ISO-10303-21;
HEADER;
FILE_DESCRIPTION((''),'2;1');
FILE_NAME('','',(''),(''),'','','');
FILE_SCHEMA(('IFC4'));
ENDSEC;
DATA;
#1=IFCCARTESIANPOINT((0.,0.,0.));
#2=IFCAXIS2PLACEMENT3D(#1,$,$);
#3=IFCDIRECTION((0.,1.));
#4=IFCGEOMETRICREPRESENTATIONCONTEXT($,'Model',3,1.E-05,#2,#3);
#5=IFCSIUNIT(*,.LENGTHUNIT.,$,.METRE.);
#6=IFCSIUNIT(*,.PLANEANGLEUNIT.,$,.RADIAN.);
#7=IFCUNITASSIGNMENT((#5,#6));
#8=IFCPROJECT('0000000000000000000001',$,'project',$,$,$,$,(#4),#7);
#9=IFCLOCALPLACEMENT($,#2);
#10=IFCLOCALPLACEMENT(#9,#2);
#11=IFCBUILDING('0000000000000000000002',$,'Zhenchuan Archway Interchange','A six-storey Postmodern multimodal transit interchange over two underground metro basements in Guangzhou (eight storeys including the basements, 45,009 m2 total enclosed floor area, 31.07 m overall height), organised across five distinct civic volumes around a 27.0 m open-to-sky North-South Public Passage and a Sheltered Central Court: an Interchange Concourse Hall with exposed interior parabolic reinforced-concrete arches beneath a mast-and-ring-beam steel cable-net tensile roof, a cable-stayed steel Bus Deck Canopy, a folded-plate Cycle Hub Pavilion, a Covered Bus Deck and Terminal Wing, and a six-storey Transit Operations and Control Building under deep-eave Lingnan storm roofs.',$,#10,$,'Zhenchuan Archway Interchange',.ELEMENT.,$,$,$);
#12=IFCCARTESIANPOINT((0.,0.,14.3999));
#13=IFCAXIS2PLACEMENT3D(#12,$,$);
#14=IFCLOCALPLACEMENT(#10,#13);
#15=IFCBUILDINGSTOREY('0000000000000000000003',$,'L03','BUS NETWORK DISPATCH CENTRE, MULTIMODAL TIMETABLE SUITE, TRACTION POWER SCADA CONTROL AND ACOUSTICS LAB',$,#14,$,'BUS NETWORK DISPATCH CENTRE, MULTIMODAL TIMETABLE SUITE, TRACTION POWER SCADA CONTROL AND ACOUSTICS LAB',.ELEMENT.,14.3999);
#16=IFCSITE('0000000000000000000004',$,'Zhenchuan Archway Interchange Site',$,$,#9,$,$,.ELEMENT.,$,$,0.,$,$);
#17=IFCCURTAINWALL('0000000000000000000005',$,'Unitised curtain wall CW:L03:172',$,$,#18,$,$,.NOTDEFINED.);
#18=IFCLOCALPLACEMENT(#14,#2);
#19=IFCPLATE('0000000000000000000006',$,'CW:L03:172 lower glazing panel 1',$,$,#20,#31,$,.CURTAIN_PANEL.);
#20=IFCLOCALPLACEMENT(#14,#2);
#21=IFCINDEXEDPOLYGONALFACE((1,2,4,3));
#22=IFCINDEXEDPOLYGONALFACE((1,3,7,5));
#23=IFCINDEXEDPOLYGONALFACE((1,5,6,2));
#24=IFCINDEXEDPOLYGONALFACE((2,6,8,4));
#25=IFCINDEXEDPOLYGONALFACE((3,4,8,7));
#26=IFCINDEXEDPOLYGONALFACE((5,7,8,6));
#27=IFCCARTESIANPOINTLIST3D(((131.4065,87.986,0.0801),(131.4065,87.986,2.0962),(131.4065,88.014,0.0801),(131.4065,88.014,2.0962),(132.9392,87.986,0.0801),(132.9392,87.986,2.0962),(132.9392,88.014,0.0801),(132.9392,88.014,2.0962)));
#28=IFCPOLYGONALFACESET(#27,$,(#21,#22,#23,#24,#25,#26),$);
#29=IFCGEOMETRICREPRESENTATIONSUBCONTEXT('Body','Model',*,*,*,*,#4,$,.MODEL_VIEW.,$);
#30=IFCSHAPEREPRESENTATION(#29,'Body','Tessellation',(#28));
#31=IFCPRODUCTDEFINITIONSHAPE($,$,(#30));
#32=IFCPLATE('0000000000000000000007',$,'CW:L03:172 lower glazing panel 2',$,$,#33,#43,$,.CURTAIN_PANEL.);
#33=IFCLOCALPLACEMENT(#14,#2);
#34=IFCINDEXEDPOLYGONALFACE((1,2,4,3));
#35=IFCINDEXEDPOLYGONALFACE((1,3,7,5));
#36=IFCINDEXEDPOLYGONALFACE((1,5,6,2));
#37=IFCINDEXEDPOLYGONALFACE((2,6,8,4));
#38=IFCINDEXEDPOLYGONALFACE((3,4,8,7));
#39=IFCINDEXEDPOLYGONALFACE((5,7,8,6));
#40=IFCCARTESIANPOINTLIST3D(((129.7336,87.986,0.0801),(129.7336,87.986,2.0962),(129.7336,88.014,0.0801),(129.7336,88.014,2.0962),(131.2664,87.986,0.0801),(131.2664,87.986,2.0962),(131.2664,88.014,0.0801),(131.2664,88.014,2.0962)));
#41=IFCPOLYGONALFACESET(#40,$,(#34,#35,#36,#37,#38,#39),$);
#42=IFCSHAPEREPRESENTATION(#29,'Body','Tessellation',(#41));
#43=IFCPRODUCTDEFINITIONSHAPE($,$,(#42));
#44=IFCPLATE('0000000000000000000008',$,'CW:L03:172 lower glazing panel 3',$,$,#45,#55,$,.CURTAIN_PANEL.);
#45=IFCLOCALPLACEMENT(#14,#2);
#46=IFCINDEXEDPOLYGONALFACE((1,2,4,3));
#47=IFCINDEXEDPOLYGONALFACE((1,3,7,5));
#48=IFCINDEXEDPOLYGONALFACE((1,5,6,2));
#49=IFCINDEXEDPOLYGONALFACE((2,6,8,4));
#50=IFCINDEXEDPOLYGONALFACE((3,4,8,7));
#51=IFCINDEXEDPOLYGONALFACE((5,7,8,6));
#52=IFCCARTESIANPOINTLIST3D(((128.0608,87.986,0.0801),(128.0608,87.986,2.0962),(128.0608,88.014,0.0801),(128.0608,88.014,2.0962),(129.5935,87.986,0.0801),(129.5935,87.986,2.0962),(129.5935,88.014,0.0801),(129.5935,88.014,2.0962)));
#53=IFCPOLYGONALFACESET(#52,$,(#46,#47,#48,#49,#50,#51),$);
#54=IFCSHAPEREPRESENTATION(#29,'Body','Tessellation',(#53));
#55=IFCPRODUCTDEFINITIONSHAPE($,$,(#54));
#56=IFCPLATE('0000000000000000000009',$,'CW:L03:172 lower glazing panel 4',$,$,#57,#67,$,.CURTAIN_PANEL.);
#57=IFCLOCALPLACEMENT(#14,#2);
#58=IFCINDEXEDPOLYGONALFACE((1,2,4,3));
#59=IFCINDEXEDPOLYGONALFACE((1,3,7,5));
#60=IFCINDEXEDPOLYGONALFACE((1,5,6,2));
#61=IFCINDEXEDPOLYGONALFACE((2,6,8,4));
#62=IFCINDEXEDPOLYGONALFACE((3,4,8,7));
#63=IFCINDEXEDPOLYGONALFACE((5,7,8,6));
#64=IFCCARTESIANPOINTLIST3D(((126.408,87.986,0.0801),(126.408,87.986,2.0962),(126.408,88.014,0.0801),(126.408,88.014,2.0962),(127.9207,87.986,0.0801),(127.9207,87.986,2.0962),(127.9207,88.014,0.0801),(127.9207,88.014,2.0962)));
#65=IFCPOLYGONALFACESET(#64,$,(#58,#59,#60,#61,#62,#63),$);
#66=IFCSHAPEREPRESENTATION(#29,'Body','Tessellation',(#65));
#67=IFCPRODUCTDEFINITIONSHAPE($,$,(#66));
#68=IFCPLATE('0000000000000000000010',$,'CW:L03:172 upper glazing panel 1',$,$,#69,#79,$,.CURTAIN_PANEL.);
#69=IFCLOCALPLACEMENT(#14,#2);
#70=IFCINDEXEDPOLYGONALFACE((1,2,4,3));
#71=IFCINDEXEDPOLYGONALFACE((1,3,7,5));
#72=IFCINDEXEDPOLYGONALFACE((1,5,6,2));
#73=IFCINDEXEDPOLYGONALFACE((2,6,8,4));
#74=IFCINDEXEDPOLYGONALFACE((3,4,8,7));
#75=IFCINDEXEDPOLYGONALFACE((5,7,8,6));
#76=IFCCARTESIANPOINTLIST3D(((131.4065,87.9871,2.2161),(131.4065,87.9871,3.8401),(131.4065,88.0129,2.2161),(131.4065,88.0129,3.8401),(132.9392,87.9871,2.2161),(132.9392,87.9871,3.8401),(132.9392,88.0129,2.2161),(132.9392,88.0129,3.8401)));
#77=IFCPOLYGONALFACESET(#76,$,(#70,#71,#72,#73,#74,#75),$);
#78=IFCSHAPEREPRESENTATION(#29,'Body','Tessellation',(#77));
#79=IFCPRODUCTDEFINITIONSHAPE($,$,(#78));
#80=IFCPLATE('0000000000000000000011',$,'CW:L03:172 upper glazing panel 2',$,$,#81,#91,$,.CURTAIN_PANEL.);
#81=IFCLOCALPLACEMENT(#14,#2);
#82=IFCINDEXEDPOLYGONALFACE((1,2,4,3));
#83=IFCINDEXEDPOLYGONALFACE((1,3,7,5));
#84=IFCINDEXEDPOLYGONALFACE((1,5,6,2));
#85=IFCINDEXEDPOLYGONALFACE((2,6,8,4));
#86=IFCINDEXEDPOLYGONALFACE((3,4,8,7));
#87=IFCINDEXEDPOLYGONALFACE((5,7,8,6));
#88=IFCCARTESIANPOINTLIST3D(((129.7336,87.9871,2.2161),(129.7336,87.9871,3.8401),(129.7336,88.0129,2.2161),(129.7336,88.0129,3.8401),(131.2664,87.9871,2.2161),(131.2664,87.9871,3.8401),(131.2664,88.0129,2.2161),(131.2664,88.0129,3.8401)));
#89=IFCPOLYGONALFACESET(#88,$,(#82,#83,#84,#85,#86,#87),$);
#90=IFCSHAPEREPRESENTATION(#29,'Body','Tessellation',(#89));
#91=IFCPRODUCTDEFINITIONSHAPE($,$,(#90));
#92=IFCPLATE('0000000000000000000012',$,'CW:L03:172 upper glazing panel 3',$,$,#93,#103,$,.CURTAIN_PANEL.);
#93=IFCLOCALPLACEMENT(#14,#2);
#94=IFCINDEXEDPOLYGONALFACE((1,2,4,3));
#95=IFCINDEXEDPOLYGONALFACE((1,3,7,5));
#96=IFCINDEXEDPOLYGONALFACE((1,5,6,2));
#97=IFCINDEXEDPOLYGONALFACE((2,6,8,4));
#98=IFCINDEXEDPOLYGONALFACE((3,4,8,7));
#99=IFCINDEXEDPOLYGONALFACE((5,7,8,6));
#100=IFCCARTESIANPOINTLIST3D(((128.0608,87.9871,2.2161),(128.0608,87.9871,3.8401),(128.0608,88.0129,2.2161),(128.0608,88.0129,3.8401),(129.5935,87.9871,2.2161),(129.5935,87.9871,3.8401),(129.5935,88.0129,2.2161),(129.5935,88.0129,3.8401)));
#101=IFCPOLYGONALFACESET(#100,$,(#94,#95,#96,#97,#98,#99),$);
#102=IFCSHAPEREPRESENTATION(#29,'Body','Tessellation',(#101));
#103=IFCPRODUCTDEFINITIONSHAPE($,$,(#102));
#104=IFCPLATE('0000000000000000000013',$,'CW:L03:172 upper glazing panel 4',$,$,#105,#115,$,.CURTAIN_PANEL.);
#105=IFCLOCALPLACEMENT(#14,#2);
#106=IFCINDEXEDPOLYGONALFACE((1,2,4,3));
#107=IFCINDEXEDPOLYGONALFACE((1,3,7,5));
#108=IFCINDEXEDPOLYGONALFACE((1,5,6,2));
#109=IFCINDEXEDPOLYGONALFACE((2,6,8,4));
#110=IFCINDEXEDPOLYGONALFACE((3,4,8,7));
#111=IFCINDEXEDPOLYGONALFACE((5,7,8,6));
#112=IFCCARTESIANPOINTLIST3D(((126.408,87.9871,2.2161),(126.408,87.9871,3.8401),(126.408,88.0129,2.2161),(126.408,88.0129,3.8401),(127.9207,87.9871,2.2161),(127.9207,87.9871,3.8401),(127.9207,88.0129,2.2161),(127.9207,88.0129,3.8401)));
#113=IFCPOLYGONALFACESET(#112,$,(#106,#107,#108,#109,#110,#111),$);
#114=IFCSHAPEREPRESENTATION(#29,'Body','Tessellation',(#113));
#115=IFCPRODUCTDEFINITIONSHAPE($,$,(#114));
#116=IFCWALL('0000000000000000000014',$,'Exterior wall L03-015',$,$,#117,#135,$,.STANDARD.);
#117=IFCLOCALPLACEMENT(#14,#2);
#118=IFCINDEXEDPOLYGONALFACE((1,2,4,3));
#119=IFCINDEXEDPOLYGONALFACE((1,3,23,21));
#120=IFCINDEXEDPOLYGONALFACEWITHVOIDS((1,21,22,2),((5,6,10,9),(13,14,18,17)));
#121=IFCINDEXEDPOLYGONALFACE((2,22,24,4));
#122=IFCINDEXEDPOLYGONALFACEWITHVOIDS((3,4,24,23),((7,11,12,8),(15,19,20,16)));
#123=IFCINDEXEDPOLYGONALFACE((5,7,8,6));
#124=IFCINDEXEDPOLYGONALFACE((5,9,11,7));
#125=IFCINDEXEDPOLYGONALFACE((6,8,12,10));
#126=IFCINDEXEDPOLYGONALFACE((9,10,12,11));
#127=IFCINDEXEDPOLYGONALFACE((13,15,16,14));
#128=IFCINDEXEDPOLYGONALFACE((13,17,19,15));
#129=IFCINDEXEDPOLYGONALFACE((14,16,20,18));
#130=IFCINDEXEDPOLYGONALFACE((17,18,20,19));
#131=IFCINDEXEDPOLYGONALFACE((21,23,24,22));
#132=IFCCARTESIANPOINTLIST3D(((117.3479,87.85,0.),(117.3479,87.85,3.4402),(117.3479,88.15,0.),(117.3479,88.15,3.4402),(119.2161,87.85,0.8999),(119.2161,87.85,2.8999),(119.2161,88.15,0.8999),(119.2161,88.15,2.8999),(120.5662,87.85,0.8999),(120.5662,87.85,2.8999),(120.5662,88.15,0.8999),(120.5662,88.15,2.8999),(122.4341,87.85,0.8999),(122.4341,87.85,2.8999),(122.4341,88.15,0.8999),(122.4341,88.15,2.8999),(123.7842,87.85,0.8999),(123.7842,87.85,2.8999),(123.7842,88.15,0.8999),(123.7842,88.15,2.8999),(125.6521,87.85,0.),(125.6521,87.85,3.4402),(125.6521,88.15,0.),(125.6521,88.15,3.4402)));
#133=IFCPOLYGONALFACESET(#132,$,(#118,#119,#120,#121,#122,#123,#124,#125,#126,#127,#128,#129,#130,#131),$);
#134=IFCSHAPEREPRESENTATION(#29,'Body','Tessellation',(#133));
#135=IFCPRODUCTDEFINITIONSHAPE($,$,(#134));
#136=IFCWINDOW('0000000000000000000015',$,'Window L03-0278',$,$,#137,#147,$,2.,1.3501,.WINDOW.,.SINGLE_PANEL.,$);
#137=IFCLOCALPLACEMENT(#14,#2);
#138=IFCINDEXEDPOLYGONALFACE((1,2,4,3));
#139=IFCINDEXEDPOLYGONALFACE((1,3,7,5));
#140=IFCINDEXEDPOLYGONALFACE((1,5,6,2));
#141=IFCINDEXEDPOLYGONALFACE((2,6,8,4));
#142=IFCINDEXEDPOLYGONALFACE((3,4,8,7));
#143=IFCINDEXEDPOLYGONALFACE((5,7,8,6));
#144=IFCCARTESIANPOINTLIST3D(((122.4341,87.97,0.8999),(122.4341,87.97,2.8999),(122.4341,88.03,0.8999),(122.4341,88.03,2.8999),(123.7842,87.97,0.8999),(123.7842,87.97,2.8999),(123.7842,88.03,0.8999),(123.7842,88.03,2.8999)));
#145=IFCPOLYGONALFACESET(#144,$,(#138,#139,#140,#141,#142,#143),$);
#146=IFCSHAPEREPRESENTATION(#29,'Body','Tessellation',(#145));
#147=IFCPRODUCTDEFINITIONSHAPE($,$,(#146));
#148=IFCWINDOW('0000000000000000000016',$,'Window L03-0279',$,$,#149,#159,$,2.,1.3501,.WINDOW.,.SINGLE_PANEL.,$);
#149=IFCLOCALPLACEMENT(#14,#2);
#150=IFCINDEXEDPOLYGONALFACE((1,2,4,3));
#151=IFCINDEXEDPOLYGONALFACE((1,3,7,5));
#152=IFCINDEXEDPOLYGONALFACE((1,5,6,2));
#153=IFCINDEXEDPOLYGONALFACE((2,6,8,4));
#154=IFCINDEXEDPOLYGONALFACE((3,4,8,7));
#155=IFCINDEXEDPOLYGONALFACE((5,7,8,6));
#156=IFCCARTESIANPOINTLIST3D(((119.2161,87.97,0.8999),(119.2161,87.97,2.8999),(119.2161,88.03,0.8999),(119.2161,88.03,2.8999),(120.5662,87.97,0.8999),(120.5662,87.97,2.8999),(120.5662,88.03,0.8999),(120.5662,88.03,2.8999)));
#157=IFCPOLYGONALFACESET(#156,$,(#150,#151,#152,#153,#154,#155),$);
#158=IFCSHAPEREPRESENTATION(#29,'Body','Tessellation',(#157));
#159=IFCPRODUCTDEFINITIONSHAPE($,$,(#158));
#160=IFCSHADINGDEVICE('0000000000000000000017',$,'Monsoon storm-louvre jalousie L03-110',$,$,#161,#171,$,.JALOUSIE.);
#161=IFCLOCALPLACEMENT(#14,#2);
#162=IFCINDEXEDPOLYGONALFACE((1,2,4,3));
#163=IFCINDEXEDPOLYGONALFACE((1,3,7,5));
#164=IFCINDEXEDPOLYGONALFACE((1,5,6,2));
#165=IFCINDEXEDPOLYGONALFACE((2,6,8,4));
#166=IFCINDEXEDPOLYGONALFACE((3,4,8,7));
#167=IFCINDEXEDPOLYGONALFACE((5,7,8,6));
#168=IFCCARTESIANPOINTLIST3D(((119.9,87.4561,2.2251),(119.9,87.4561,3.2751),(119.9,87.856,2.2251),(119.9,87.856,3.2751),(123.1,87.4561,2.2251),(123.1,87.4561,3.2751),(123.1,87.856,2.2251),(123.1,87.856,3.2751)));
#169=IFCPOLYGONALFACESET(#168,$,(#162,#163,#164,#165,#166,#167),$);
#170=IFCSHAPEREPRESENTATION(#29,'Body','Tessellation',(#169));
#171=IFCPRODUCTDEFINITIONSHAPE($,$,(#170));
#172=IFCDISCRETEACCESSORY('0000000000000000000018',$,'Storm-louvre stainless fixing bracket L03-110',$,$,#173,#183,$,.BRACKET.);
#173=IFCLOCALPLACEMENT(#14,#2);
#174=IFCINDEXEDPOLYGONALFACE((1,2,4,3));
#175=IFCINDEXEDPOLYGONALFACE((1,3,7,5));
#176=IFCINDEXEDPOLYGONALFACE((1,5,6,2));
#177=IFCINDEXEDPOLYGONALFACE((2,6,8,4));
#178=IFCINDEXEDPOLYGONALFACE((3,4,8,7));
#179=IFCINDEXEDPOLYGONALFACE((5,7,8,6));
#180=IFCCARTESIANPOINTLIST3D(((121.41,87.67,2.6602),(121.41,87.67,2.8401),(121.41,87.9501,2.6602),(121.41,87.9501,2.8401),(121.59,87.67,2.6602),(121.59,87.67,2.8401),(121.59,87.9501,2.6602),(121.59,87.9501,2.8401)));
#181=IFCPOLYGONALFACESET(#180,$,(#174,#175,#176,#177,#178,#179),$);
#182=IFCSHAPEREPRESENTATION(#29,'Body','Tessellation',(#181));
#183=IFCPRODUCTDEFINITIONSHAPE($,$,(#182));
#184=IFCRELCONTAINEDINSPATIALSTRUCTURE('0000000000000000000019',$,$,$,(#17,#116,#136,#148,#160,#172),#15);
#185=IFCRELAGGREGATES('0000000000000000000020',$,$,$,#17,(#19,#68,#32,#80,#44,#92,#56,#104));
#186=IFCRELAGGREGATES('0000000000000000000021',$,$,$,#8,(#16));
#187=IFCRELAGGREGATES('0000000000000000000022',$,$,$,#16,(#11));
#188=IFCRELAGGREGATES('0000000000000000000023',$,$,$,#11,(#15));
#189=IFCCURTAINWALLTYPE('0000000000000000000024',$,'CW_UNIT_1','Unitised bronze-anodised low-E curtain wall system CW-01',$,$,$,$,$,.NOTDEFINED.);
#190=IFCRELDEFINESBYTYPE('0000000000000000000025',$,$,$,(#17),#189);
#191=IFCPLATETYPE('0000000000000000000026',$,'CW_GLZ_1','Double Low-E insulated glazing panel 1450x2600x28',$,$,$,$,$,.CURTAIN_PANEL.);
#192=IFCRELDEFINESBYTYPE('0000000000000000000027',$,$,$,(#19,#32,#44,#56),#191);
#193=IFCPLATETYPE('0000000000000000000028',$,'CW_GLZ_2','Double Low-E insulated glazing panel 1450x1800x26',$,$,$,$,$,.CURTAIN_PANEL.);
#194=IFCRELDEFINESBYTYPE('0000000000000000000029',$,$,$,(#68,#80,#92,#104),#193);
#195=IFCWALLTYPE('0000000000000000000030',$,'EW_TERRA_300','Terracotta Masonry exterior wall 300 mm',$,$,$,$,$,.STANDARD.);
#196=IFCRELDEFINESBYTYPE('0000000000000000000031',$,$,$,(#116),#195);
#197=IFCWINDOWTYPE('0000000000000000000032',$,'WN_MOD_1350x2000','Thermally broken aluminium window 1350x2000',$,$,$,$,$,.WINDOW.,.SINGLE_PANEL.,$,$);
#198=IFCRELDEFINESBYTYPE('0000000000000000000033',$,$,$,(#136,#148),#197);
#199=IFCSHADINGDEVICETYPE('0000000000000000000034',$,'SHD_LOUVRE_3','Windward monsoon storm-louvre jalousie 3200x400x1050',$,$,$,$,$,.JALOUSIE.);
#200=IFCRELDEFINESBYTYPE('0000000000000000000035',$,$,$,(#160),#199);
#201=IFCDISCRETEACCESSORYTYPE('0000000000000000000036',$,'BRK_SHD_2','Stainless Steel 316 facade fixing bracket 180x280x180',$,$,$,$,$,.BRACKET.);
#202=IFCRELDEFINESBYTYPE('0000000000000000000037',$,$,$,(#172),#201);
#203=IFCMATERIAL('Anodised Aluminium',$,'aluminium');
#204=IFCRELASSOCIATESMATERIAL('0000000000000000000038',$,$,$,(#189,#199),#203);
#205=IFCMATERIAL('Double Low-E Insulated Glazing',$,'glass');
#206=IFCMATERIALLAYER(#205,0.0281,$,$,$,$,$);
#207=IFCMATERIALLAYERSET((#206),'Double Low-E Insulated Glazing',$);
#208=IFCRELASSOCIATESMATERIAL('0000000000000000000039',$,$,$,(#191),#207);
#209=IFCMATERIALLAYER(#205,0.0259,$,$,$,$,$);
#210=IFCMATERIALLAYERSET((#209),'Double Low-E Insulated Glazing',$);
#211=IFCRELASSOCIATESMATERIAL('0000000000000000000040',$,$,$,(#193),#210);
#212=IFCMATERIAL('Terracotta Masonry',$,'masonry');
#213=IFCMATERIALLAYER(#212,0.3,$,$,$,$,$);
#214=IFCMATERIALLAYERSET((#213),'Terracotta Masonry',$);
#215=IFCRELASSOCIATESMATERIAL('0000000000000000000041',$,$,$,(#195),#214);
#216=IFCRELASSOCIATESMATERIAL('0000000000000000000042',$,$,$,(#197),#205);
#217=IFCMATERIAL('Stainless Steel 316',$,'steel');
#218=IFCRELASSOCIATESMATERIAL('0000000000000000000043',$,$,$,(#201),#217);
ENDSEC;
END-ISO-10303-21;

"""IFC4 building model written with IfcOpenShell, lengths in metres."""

from ifc_helpers import new_model, si_unit, direction, frame, frame_2d, origin, origin_2d, place, context, subcontext, project, spatial, rectangle, extrude, material, layer, layer_set, type_object, element, fill, aggregate, save


model = new_model("IFC4")

# Units and contexts
model_context = context("Model", 3, precision=1e-05, world=origin(), true_north=direction((0.0, 1.0)))
body_context = subcontext(model_context, "Body", "Model", "MODEL_VIEW")
ifc_project = project(units=[si_unit("LENGTHUNIT", "METRE"), si_unit("PLANEANGLEUNIT", "RADIAN")], contexts=[model_context])

# Site, building, storey
site_placement = place(None, origin())
site = spatial("IfcSite", under=ifc_project, at=site_placement, Name="Zhenchuan Archway Interchange Site", CompositionType="ELEMENT", RefElevation=0.0)
building_placement = place(site_placement, origin())
building = spatial("IfcBuilding", under=site, at=building_placement, Name="Zhenchuan Archway Interchange", Description="A six-storey Postmodern multimodal transit interchange over two underground metro basements in Guangzhou (eight storeys including the basements, 45,009 m2 total enclosed floor area, 31.07 m overall height), organised across five distinct civic volumes around a 27.0 m open-to-sky North-South Public Passage and a Sheltered Central Court: an Interchange Concourse Hall with exposed interior parabolic reinforced-concrete arches beneath a mast-and-ring-beam steel cable-net tensile roof, a cable-stayed steel Bus Deck Canopy, a folded-plate Cycle Hub Pavilion, a Covered Bus Deck and Terminal Wing, and a six-storey Transit Operations and Control Building under deep-eave Lingnan storm roofs.", LongName="Zhenchuan Archway Interchange", CompositionType="ELEMENT")
storey_placement = place(building_placement, frame((0.0, 0.0, 14.3999)))
storey = spatial("IfcBuildingStorey", under=building, at=storey_placement, Name="L03", Description="BUS NETWORK DISPATCH CENTRE, MULTIMODAL TIMETABLE SUITE, TRACTION POWER SCADA CONTROL AND ACOUSTICS LAB", LongName="BUS NETWORK DISPATCH CENTRE, MULTIMODAL TIMETABLE SUITE, TRACTION POWER SCADA CONTROL AND ACOUSTICS LAB", CompositionType="ELEMENT", Elevation=14.3999)

# Curtain wall
ifc_material_1 = material(Name="Anodised Aluminium", Category="aluminium")
curtain_wall_type_1 = type_object("IfcCurtainWallType", Name="CW_UNIT_1", Description="Unitised bronze-anodised low-E curtain wall system CW-01", PredefinedType="NOTDEFINED", material=ifc_material_1)
curtain_wall_1_placement = place(storey_placement, origin())
curtain_wall_1 = element("IfcCurtainWall", 1, at=curtain_wall_1_placement, inside=storey, type_object=curtain_wall_type_1, Name="Unitised curtain wall CW:L03:172", PredefinedType="NOTDEFINED")

# Plates
ifc_material_2 = material(Name="Double Low-E Insulated Glazing", Category="glass")
ifc_layer_1 = layer(ifc_material_2, 0.0281)
ifc_layer_set_1 = layer_set([ifc_layer_1], Name="Double Low-E Insulated Glazing")
plate_type_1 = type_object("IfcPlateType", Name="CW_GLZ_1", Description="Double Low-E insulated glazing panel 1450x2600x28", PredefinedType="CURTAIN_PANEL", material=ifc_layer_set_1)
plate_1_placement = place(storey_placement, frame((132.1729, 88.0, 0.0801), z_axis=(0.0, 0.0, 1.0), x_axis=(-1.0, 0.0, 0.0)))
plate_1 = element("IfcPlate", 2, at=plate_1_placement, type_object=plate_type_1, Name="CW:L03:172 lower glazing panel 1", PredefinedType="CURTAIN_PANEL", context=body_context, shape_type="SweptSolid", body=[
    extrude(rectangle(XDim=1.5327, YDim=0.0281, at=origin_2d()), origin(), (0.0, 0.0, 1.0), 2.0161),
])
plate_2_placement = place(storey_placement, frame((130.5, 88.0, 0.0801), z_axis=(0.0, 0.0, 1.0), x_axis=(-1.0, 0.0, 0.0)))
plate_2 = element("IfcPlate", 3, at=plate_2_placement, type_object=plate_type_1, Name="CW:L03:172 lower glazing panel 2", PredefinedType="CURTAIN_PANEL", context=body_context, shape_type="SweptSolid", body=[
    extrude(rectangle(XDim=1.5327, YDim=0.0281, at=origin_2d()), origin(), (0.0, 0.0, 1.0), 2.0161),
])
plate_3_placement = place(storey_placement, frame((128.8271, 88.0, 0.0801), z_axis=(0.0, 0.0, 1.0), x_axis=(-1.0, 0.0, 0.0)))
plate_3 = element("IfcPlate", 4, at=plate_3_placement, type_object=plate_type_1, Name="CW:L03:172 lower glazing panel 3", PredefinedType="CURTAIN_PANEL", context=body_context, shape_type="SweptSolid", body=[
    extrude(rectangle(XDim=1.5327, YDim=0.0281, at=origin_2d()), origin(), (0.0, 0.0, 1.0), 2.0161),
])
plate_4_placement = place(storey_placement, frame((127.1643, 88.0, 0.0801), z_axis=(0.0, 0.0, 1.0), x_axis=(-1.0, 0.0, 0.0)))
plate_4 = element("IfcPlate", 5, at=plate_4_placement, type_object=plate_type_1, Name="CW:L03:172 lower glazing panel 4", PredefinedType="CURTAIN_PANEL", context=body_context, shape_type="SweptSolid", body=[
    extrude(rectangle(XDim=1.5127, YDim=0.0281, at=origin_2d()), origin(), (0.0, 0.0, 1.0), 2.0161),
])
ifc_layer_2 = layer(ifc_material_2, 0.0259)
ifc_layer_set_2 = layer_set([ifc_layer_2], Name="Double Low-E Insulated Glazing")
plate_type_2 = type_object("IfcPlateType", Name="CW_GLZ_2", Description="Double Low-E insulated glazing panel 1450x1800x26", PredefinedType="CURTAIN_PANEL", material=ifc_layer_set_2)
plate_5_placement = place(storey_placement, frame((132.1729, 88.0, 2.2161), z_axis=(0.0, 0.0, 1.0), x_axis=(-1.0, 0.0, 0.0)))
plate_5 = element("IfcPlate", 6, at=plate_5_placement, type_object=plate_type_2, Name="CW:L03:172 upper glazing panel 1", PredefinedType="CURTAIN_PANEL", context=body_context, shape_type="SweptSolid", body=[
    extrude(rectangle(XDim=1.5327, YDim=0.0259, at=origin_2d()), origin(), (0.0, 0.0, 1.0), 1.624),
])
plate_6_placement = place(storey_placement, frame((130.5, 88.0, 2.2161), z_axis=(0.0, 0.0, 1.0), x_axis=(-1.0, 0.0, 0.0)))
plate_6 = element("IfcPlate", 7, at=plate_6_placement, type_object=plate_type_2, Name="CW:L03:172 upper glazing panel 2", PredefinedType="CURTAIN_PANEL", context=body_context, shape_type="SweptSolid", body=[
    extrude(rectangle(XDim=1.5327, YDim=0.0259, at=origin_2d()), origin(), (0.0, 0.0, 1.0), 1.624),
])
plate_7_placement = place(storey_placement, frame((128.8271, 88.0, 2.2161), z_axis=(0.0, 0.0, 1.0), x_axis=(-1.0, 0.0, 0.0)))
plate_7 = element("IfcPlate", 8, at=plate_7_placement, type_object=plate_type_2, Name="CW:L03:172 upper glazing panel 3", PredefinedType="CURTAIN_PANEL", context=body_context, shape_type="SweptSolid", body=[
    extrude(rectangle(XDim=1.5327, YDim=0.0259, at=origin_2d()), origin(), (0.0, 0.0, 1.0), 1.624),
])
plate_8_placement = place(storey_placement, frame((127.1643, 88.0, 2.2161), z_axis=(0.0, 0.0, 1.0), x_axis=(-1.0, 0.0, 0.0)))
plate_8 = element("IfcPlate", 9, at=plate_8_placement, type_object=plate_type_2, Name="CW:L03:172 upper glazing panel 4", PredefinedType="CURTAIN_PANEL", context=body_context, shape_type="SweptSolid", body=[
    extrude(rectangle(XDim=1.5127, YDim=0.0259, at=origin_2d()), origin(), (0.0, 0.0, 1.0), 1.624),
])
aggregate(curtain_wall_1, [plate_1, plate_5, plate_2, plate_6, plate_3, plate_7, plate_4, plate_8])

# Wall, openings, windows
ifc_material_3 = material(Name="Terracotta Masonry", Category="masonry")
ifc_layer_3 = layer(ifc_material_3, 0.3)
ifc_layer_set_3 = layer_set([ifc_layer_3], Name="Terracotta Masonry")
wall_type = type_object("IfcWallType", Name="EW_TERRA_300", Description="Terracotta Masonry exterior wall 300 mm", PredefinedType="STANDARD", material=ifc_layer_set_3)
wall_placement = place(storey_placement, frame((125.6521, 88.0, 0.0), z_axis=(0.0, 0.0, 1.0), x_axis=(-1.0, 0.0, 0.0)))
wall = element("IfcWall", 10, at=wall_placement, inside=storey, type_object=wall_type, Name="Exterior wall L03-015", PredefinedType="STANDARD", context=body_context, shape_type="SweptSolid", body=[
    extrude(rectangle(XDim=8.3042, YDim=0.3, at=frame_2d((4.1521, 0.0))), origin(), (0.0, 0.0, 1.0), 3.4402),
])
opening_1_placement = place(wall_placement, frame((1.8679, 0.0, 0.8999)))
opening_1 = element("IfcOpeningElement", 11, at=opening_1_placement, cuts=wall, PredefinedType="OPENING", context=body_context, shape_type="SweptSolid", body=[
    extrude(rectangle(XDim=1.3501, YDim=2.0, at=frame_2d((0.675, 1.0))), frame((0.0, 0.1621, 0.0), z_axis=(0.0, -1.0, 0.0), x_axis=(1.0, 0.0, 0.0)), (0.0, 0.0, 1.0), 0.324),
])
opening_2_placement = place(wall_placement, frame((5.0859, 0.0, 0.8999)))
opening_2 = element("IfcOpeningElement", 12, at=opening_2_placement, cuts=wall, PredefinedType="OPENING", context=body_context, shape_type="SweptSolid", body=[
    extrude(rectangle(XDim=1.3501, YDim=2.0, at=frame_2d((0.675, 1.0))), frame((0.0, 0.1621, 0.0), z_axis=(0.0, -1.0, 0.0), x_axis=(1.0, 0.0, 0.0)), (0.0, 0.0, 1.0), 0.324),
])
window_type = type_object("IfcWindowType", Name="WN_MOD_1350x2000", Description="Thermally broken aluminium window 1350x2000", PartitioningType="SINGLE_PANEL", PredefinedType="WINDOW", material=ifc_material_2)
window_1_placement = place(opening_1_placement, origin())
window_1 = element("IfcWindow", 13, at=window_1_placement, inside=storey, type_object=window_type, Name="Window L03-0278", OverallHeight=2.0, OverallWidth=1.3501, PartitioningType="SINGLE_PANEL", PredefinedType="WINDOW", context=body_context, shape_type="SweptSolid", body=[
    extrude(rectangle(XDim=1.3501, YDim=2.0, at=frame_2d((0.675, 1.0))), frame((0.0, 0.03, 0.0), z_axis=(0.0, -1.0, 0.0), x_axis=(1.0, 0.0, 0.0)), (0.0, 0.0, 1.0), 0.0601),
])
fill(opening_1, window_1)
window_2_placement = place(opening_2_placement, origin())
window_2 = element("IfcWindow", 14, at=window_2_placement, inside=storey, type_object=window_type, Name="Window L03-0279", OverallHeight=2.0, OverallWidth=1.3501, PartitioningType="SINGLE_PANEL", PredefinedType="WINDOW", context=body_context, shape_type="SweptSolid", body=[
    extrude(rectangle(XDim=1.3501, YDim=2.0, at=frame_2d((0.675, 1.0))), frame((0.0, 0.03, 0.0), z_axis=(0.0, -1.0, 0.0), x_axis=(1.0, 0.0, 0.0)), (0.0, 0.0, 1.0), 0.0601),
])
fill(opening_2, window_2)

# Shading device
shading_device_type = type_object("IfcShadingDeviceType", Name="SHD_LOUVRE_3", Description="Windward monsoon storm-louvre jalousie 3200x400x1050", PredefinedType="JALOUSIE", material=ifc_material_1)
shading_device_placement = place(storey_placement, frame((121.5, 87.656, 2.2251), z_axis=(0.0, 0.0, 1.0), x_axis=(-1.0, 0.0, 0.0)))
element("IfcShadingDevice", 15, at=shading_device_placement, inside=storey, type_object=shading_device_type, Name="Monsoon storm-louvre jalousie L03-110", PredefinedType="JALOUSIE", context=body_context, shape_type="SweptSolid", body=[
    extrude(rectangle(XDim=3.2, YDim=0.3999, at=origin_2d()), origin(), (0.0, 0.0, 1.0), 1.05),
])

# Discrete accessory
ifc_material_4 = material(Name="Stainless Steel 316", Category="steel")
discrete_accessory_type = type_object("IfcDiscreteAccessoryType", Name="BRK_SHD_2", Description="Stainless Steel 316 facade fixing bracket 180x280x180", PredefinedType="BRACKET", material=ifc_material_4)
discrete_accessory_placement = place(storey_placement, frame((121.5, 87.8101, 2.6602), z_axis=(0.0, 0.0, 1.0), x_axis=(-1.0, 0.0, 0.0)))
element("IfcDiscreteAccessory", 16, at=discrete_accessory_placement, inside=storey, type_object=discrete_accessory_type, Name="Storm-louvre stainless fixing bracket L03-110", PredefinedType="BRACKET", context=body_context, shape_type="SweptSolid", body=[
    extrude(rectangle(XDim=0.1799, YDim=0.28, at=origin_2d()), origin(), (0.0, 0.0, 1.0), 0.1799),
])

save(model, "model.ifc")
